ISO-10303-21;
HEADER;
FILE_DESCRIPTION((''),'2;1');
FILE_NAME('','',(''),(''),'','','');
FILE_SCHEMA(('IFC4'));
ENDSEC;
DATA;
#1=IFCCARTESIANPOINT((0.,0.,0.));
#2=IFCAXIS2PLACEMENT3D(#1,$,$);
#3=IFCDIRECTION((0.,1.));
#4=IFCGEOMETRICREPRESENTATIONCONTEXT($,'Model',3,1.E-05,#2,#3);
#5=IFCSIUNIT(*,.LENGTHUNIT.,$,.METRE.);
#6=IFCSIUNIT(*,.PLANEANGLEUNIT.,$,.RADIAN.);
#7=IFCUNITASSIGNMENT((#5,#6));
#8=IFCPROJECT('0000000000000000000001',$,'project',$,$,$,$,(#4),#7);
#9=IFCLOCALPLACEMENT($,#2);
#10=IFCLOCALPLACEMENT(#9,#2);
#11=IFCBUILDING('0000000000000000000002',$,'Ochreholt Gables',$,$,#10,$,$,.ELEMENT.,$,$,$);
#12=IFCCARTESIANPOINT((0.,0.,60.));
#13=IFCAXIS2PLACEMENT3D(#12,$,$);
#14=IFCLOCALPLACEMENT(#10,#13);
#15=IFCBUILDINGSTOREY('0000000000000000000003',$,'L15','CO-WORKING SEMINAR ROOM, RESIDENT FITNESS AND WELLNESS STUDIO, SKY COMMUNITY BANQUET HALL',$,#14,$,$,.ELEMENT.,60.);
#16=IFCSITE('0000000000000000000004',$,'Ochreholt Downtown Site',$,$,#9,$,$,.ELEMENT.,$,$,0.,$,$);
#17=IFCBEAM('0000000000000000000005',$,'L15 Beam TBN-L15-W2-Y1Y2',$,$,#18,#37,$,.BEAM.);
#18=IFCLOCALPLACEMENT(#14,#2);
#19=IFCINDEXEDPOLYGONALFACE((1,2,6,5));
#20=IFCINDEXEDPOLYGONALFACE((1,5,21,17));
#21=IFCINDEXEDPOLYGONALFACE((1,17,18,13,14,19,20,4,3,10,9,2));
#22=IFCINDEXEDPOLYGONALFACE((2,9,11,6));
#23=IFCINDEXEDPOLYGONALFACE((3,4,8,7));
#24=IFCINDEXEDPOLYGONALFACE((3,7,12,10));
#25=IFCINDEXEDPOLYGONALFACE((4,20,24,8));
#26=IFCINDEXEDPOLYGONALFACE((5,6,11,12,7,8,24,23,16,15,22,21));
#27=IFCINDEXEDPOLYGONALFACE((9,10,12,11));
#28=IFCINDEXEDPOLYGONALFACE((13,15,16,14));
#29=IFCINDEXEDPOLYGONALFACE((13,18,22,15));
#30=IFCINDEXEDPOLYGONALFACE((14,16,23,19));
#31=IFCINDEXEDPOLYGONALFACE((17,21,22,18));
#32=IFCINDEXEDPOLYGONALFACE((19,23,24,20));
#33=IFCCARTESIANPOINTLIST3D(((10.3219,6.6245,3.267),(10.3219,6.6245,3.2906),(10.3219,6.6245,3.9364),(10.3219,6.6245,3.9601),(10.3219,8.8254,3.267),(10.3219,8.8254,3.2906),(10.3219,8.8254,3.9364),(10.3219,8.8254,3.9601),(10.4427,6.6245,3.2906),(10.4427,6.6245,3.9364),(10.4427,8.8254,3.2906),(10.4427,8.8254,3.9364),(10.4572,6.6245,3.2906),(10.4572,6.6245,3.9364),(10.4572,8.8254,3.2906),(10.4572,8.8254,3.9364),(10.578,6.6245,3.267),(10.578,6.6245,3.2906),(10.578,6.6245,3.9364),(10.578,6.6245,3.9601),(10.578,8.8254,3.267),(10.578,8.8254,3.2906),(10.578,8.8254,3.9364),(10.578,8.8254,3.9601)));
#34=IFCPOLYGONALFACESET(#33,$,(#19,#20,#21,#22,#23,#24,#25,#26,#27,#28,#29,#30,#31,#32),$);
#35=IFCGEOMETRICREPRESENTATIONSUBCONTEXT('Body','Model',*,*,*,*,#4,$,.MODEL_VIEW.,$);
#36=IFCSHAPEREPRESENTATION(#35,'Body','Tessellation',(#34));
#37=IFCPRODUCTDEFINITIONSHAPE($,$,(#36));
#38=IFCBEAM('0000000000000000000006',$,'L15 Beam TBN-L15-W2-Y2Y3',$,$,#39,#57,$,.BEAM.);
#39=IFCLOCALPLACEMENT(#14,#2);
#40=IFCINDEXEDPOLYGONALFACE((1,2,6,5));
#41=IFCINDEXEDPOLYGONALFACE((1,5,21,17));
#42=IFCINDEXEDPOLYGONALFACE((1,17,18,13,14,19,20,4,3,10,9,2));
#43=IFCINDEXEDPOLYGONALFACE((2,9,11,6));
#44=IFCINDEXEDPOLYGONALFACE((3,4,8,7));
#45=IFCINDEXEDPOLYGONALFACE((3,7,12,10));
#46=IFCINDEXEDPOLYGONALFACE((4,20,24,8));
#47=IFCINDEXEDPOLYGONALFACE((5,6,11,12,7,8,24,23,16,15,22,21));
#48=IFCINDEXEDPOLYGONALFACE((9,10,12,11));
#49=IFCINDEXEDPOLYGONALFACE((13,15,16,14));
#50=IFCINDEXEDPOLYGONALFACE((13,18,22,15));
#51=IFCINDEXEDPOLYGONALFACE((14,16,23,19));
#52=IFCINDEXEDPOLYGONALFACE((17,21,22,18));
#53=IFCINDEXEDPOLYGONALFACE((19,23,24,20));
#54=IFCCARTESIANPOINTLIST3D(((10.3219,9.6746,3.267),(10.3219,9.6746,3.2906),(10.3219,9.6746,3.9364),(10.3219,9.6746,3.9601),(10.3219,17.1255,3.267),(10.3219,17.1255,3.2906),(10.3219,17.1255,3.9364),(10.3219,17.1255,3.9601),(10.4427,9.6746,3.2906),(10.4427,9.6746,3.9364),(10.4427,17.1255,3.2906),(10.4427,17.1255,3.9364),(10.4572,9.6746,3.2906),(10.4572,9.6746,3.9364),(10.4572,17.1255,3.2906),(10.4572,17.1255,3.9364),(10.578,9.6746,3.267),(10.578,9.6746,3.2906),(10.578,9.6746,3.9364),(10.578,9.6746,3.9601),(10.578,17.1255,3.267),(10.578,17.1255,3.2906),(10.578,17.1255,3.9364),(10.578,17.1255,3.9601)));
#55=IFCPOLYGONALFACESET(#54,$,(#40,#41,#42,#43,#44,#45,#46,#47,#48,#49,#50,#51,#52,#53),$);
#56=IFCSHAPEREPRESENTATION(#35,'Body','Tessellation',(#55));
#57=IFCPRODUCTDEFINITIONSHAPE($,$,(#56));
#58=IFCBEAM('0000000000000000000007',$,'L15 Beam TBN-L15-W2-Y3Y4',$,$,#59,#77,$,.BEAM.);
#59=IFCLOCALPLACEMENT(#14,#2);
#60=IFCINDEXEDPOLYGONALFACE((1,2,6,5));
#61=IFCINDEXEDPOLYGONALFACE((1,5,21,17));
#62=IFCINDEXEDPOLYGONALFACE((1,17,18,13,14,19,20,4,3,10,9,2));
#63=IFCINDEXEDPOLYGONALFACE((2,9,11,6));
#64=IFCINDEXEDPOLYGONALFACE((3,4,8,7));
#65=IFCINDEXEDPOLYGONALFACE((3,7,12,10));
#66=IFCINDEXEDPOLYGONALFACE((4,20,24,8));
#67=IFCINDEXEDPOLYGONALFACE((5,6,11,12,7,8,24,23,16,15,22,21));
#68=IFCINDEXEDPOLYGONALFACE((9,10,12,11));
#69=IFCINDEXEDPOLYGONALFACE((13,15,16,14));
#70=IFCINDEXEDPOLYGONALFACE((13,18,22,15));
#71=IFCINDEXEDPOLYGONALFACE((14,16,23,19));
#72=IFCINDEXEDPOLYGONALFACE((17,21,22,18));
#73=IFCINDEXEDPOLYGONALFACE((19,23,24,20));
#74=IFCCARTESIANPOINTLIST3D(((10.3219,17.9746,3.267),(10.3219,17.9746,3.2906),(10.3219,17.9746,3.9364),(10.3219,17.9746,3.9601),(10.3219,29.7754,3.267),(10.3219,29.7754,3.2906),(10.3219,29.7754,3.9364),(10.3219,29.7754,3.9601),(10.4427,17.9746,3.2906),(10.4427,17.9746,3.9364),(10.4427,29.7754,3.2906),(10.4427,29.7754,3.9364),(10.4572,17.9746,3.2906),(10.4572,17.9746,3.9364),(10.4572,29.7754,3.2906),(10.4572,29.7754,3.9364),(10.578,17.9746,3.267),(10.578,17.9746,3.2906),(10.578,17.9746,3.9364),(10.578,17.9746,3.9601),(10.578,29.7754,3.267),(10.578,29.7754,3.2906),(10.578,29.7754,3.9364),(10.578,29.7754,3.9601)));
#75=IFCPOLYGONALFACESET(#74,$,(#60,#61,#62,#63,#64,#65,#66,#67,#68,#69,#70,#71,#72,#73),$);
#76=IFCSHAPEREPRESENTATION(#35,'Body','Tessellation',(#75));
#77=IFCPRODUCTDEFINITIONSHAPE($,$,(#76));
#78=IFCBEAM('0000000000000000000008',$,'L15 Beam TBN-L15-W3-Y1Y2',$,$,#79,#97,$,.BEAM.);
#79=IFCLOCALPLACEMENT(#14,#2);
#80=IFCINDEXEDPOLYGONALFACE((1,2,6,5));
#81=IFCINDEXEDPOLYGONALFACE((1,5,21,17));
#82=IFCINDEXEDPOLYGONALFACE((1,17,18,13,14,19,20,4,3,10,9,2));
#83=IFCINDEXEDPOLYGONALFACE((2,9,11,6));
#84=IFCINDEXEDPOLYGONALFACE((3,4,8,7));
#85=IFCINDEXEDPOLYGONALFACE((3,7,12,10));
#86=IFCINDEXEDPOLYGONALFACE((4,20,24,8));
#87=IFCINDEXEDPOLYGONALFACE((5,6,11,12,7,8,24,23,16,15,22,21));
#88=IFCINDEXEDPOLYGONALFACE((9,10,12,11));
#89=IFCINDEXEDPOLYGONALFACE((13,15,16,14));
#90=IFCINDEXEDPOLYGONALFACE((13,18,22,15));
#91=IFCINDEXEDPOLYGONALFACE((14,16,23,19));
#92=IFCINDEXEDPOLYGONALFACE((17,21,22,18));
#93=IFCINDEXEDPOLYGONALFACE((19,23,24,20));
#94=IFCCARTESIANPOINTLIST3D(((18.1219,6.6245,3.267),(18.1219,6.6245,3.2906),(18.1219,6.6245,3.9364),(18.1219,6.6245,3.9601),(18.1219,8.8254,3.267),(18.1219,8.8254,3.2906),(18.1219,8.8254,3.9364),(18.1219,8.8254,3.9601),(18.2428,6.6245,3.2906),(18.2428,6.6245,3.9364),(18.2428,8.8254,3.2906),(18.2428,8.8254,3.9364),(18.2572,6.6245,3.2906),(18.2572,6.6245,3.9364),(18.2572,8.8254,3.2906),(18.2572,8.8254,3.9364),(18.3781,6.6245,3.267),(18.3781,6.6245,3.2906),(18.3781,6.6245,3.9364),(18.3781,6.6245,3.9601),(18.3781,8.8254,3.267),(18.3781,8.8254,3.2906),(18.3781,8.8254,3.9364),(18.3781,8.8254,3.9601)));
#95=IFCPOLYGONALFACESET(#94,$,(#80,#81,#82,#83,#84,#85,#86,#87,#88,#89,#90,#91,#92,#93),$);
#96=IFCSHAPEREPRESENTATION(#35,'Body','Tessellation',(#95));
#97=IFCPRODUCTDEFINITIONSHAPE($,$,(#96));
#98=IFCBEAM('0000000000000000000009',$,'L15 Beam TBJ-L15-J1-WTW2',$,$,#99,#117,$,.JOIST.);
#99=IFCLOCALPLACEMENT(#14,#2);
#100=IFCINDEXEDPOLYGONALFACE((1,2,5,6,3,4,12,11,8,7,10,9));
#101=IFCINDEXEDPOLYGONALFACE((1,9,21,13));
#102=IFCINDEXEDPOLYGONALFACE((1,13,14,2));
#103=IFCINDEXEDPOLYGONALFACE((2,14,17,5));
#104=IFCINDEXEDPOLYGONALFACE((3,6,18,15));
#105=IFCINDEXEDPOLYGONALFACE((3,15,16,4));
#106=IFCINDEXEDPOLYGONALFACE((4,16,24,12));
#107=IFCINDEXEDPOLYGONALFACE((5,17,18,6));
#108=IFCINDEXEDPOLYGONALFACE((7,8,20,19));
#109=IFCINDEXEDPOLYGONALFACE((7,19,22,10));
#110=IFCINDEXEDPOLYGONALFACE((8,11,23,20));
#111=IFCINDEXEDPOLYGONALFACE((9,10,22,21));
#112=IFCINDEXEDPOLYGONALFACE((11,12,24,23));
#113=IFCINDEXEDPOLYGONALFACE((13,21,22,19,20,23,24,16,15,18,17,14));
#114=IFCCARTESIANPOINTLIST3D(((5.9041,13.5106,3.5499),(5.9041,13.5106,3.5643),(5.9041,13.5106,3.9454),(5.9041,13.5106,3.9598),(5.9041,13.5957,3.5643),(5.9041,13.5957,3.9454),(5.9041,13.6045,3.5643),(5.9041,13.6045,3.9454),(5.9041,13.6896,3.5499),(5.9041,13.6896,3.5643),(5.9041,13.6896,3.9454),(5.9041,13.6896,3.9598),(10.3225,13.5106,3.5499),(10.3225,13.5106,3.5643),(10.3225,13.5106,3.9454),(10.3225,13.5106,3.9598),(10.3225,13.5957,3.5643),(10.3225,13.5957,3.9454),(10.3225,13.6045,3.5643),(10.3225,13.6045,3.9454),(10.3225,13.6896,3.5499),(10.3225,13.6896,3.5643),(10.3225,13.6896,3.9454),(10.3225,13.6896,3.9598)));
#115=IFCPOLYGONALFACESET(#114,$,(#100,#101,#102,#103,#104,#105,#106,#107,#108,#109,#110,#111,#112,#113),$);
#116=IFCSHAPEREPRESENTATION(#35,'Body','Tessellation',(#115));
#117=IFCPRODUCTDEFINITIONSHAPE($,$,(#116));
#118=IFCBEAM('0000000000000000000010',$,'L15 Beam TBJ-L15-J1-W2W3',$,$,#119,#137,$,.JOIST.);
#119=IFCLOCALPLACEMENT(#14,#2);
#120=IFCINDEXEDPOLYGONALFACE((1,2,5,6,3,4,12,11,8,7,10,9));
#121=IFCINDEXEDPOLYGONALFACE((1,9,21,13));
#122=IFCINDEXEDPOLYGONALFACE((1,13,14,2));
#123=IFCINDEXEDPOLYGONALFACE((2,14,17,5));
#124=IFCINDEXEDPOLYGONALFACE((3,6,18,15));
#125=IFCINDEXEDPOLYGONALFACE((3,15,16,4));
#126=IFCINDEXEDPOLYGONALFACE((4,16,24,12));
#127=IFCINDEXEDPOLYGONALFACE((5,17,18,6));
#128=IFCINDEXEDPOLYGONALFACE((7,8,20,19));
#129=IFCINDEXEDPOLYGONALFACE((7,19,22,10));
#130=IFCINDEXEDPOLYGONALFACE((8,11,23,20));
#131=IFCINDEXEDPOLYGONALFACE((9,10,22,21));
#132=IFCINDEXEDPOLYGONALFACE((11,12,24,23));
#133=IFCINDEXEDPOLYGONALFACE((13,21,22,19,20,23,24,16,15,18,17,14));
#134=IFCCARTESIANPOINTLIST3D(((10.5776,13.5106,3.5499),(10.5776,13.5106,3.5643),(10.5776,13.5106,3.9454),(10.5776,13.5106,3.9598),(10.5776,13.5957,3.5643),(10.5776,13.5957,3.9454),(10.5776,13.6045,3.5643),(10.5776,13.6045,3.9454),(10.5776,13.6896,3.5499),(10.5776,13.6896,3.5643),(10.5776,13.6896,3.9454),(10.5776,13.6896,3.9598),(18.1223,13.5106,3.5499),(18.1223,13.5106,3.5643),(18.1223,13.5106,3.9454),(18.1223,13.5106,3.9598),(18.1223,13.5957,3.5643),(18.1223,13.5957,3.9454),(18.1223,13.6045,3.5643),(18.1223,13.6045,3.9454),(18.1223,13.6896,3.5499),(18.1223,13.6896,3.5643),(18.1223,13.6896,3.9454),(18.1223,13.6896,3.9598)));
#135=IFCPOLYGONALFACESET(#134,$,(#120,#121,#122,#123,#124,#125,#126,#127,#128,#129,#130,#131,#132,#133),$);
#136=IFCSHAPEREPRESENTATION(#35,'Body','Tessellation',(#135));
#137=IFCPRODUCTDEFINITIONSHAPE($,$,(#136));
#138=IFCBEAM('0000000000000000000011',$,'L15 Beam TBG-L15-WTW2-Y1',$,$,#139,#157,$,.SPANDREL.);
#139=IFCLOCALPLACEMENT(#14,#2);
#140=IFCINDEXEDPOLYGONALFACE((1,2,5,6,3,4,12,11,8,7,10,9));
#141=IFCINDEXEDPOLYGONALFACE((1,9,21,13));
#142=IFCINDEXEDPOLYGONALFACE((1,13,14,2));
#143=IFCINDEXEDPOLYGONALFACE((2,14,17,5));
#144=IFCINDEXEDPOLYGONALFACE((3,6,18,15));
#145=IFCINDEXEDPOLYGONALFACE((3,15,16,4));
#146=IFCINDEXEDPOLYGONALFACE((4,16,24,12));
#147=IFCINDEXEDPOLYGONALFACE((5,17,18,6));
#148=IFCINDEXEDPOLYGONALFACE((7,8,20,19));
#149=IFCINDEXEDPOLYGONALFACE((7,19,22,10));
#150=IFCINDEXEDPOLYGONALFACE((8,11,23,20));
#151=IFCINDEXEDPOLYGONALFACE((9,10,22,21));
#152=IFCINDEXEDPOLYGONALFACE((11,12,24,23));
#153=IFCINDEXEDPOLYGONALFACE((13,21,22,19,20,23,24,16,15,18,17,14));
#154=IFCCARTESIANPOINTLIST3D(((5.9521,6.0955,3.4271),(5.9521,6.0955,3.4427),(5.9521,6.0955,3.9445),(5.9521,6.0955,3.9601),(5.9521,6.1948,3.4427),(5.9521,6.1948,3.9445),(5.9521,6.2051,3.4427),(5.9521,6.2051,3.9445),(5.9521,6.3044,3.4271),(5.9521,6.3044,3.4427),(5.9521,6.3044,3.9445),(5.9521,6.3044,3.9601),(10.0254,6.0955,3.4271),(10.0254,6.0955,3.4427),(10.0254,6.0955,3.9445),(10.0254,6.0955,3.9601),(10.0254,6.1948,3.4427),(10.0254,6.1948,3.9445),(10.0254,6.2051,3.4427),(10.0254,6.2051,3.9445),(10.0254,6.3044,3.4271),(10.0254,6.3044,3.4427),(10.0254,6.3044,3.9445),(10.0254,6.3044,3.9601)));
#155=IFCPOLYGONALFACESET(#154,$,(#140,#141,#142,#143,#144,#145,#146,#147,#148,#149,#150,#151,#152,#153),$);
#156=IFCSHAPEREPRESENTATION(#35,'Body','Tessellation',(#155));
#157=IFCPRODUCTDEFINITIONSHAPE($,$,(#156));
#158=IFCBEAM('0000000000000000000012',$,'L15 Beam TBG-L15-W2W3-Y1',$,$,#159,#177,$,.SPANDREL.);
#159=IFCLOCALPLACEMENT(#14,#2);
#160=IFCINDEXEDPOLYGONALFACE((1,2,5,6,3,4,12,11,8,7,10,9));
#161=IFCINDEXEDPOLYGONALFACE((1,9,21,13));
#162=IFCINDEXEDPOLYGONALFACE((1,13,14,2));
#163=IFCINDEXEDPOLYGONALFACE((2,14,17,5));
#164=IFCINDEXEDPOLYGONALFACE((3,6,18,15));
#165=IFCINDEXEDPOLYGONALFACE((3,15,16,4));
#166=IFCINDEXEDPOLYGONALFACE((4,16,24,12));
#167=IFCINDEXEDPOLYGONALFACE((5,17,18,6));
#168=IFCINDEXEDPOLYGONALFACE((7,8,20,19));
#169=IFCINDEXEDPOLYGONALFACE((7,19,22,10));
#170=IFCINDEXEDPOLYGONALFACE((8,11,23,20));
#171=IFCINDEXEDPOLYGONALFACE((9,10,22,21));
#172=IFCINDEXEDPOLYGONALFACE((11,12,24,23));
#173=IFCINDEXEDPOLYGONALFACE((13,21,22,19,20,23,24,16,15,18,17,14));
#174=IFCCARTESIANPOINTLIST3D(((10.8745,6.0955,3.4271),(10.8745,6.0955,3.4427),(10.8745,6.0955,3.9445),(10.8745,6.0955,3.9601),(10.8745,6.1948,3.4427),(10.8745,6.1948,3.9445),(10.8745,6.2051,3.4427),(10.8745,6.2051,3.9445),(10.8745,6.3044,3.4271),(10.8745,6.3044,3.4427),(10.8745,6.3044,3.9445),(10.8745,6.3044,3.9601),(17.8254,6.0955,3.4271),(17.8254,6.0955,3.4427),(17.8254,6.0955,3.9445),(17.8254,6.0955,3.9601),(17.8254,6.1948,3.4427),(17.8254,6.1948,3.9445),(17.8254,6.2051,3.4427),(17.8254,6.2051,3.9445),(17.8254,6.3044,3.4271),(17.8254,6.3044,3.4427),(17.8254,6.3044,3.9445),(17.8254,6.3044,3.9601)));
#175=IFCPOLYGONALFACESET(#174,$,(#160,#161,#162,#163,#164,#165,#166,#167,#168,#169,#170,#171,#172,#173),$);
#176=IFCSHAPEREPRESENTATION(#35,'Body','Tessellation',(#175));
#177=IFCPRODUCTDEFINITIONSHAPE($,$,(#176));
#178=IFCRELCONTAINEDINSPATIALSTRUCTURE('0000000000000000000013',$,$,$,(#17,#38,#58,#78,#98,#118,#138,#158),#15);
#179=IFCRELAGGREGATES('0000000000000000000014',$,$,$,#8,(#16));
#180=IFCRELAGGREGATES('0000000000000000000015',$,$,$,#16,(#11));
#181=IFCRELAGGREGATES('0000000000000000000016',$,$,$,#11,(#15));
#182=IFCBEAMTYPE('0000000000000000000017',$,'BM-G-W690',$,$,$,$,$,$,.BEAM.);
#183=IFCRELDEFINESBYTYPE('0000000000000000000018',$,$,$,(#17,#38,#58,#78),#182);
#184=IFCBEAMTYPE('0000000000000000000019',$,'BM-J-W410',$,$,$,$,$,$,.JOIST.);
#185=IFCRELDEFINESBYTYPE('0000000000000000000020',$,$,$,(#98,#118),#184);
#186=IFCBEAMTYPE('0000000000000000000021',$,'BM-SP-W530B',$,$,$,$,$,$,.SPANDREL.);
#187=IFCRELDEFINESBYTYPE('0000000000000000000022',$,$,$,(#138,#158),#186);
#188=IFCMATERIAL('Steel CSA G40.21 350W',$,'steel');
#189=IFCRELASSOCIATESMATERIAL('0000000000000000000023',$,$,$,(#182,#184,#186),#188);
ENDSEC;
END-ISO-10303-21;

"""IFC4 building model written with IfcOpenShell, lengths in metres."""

from ifc_helpers import new_model, si_unit, direction, frame, origin, origin_2d, place, context, subcontext, project, spatial, i_section, extrude, material, material_profile, profile_set, type_object, element, save


model = new_model("IFC4")

# Units and contexts
model_context = context("Model", 3, precision=1e-05, world=origin(), true_north=direction((0.0, 1.0)))
body_context = subcontext(model_context, "Body", "Model", "MODEL_VIEW")
ifc_project = project(units=[si_unit("LENGTHUNIT", "METRE"), si_unit("PLANEANGLEUNIT", "RADIAN")], contexts=[model_context])

# Site, building, storey
site_placement = place(None, origin())
site = spatial("IfcSite", under=ifc_project, at=site_placement, Name="Ochreholt Downtown Site", CompositionType="ELEMENT", RefElevation=0.0)
building_placement = place(site_placement, origin())
building = spatial("IfcBuilding", under=site, at=building_placement, Name="Ochreholt Gables", CompositionType="ELEMENT")
storey_placement = place(building_placement, frame((0.0, 0.0, 60.0)))
storey = spatial("IfcBuildingStorey", under=building, at=storey_placement, Name="L15", Description="CO-WORKING SEMINAR ROOM, RESIDENT FITNESS AND WELLNESS STUDIO, SKY COMMUNITY BANQUET HALL", CompositionType="ELEMENT", Elevation=60.0)

# Shared definitions
ifc_material_1 = material(Name="Steel CSA G40.21 350W", Category="steel")

# Beams
ifc_material_profile_1 = material_profile(ifc_material_1, i_section(OverallWidth=0.2561, OverallDepth=0.6931, WebThickness=0.0144, FlangeThickness=0.0237, at=origin_2d()), Name="W690X170")
ifc_profile_set_1 = profile_set([ifc_material_profile_1], Name="Steel CSA G40.21 350W")
beam_type_1 = type_object("IfcBeamType", Name="BM-G-W690", PredefinedType="BEAM", material=ifc_profile_set_1)
beam_1_placement = place(storey_placement, frame((10.45, 6.6245, 3.6135), z_axis=(0.0, 1.0, 0.0), x_axis=(-1.0, 0.0, 0.0)))
element("IfcBeam", 1, at=beam_1_placement, inside=storey, type_object=beam_type_1, Name="L15 Beam TBN-L15-W2-Y1Y2", PredefinedType="BEAM", context=body_context, shape_type="SweptSolid", body=[
    extrude(i_section(OverallWidth=0.2561, OverallDepth=0.6931, WebThickness=0.0144, FlangeThickness=0.0237, at=origin_2d()), origin(), (0.0, 0.0, 1.0), 2.2009),
])
beam_2_placement = place(storey_placement, frame((10.45, 9.6746, 3.6135), z_axis=(0.0, 1.0, 0.0), x_axis=(-1.0, 0.0, 0.0)))
element("IfcBeam", 2, at=beam_2_placement, inside=storey, type_object=beam_type_1, Name="L15 Beam TBN-L15-W2-Y2Y3", PredefinedType="BEAM", context=body_context, shape_type="SweptSolid", body=[
    extrude(i_section(OverallWidth=0.2561, OverallDepth=0.6931, WebThickness=0.0144, FlangeThickness=0.0237, at=origin_2d()), origin(), (0.0, 0.0, 1.0), 7.4509),
])
beam_3_placement = place(storey_placement, frame((10.45, 17.9746, 3.6135), z_axis=(0.0, 1.0, 0.0), x_axis=(-1.0, 0.0, 0.0)))
element("IfcBeam", 3, at=beam_3_placement, inside=storey, type_object=beam_type_1, Name="L15 Beam TBN-L15-W2-Y3Y4", PredefinedType="BEAM", context=body_context, shape_type="SweptSolid", body=[
    extrude(i_section(OverallWidth=0.2561, OverallDepth=0.6931, WebThickness=0.0144, FlangeThickness=0.0237, at=origin_2d()), origin(), (0.0, 0.0, 1.0), 11.8008),
])
beam_4_placement = place(storey_placement, frame((18.25, 6.6245, 3.6135), z_axis=(0.0, 1.0, 0.0), x_axis=(-1.0, 0.0, 0.0)))
element("IfcBeam", 4, at=beam_4_placement, inside=storey, type_object=beam_type_1, Name="L15 Beam TBN-L15-W3-Y1Y2", PredefinedType="BEAM", context=body_context, shape_type="SweptSolid", body=[
    extrude(i_section(OverallWidth=0.2561, OverallDepth=0.6931, WebThickness=0.0144, FlangeThickness=0.0237, at=origin_2d()), origin(), (0.0, 0.0, 1.0), 2.2009),
])
ifc_material_profile_2 = material_profile(ifc_material_1, i_section(OverallWidth=0.179, OverallDepth=0.4099, WebThickness=0.0088, FlangeThickness=0.0144, at=origin_2d()), Name="W410X67")
ifc_profile_set_2 = profile_set([ifc_material_profile_2], Name="Steel CSA G40.21 350W")
beam_type_2 = type_object("IfcBeamType", Name="BM-J-W410", PredefinedType="JOIST", material=ifc_profile_set_2)
beam_5_placement = place(storey_placement, frame((5.9041, 13.6001, 3.7549), z_axis=(1.0, 0.0, 0.0), x_axis=(0.0, 1.0, 0.0)))
element("IfcBeam", 5, at=beam_5_placement, inside=storey, type_object=beam_type_2, Name="L15 Beam TBJ-L15-J1-WTW2", PredefinedType="JOIST", context=body_context, shape_type="SweptSolid", body=[
    extrude(i_section(OverallWidth=0.179, OverallDepth=0.4099, WebThickness=0.0088, FlangeThickness=0.0144, at=origin_2d()), origin(), (0.0, 0.0, 1.0), 4.4185),
])
beam_6_placement = place(storey_placement, frame((10.5776, 13.6001, 3.7549), z_axis=(1.0, 0.0, 0.0), x_axis=(0.0, 1.0, 0.0)))
element("IfcBeam", 6, at=beam_6_placement, inside=storey, type_object=beam_type_2, Name="L15 Beam TBJ-L15-J1-W2W3", PredefinedType="JOIST", context=body_context, shape_type="SweptSolid", body=[
    extrude(i_section(OverallWidth=0.179, OverallDepth=0.4099, WebThickness=0.0088, FlangeThickness=0.0144, at=origin_2d()), origin(), (0.0, 0.0, 1.0), 7.5447),
])
ifc_material_profile_3 = material_profile(ifc_material_1, i_section(OverallWidth=0.209, OverallDepth=0.533, WebThickness=0.0103, FlangeThickness=0.0156, at=origin_2d()), Name="W530X92")
ifc_profile_set_3 = profile_set([ifc_material_profile_3], Name="Steel CSA G40.21 350W")
beam_type_3 = type_object("IfcBeamType", Name="BM-SP-W530B", PredefinedType="SPANDREL", material=ifc_profile_set_3)
beam_7_placement = place(storey_placement, frame((5.9521, 6.2, 3.6936), z_axis=(1.0, 0.0, 0.0), x_axis=(0.0, 1.0, 0.0)))
element("IfcBeam", 7, at=beam_7_placement, inside=storey, type_object=beam_type_3, Name="L15 Beam TBG-L15-WTW2-Y1", PredefinedType="SPANDREL", context=body_context, shape_type="SweptSolid", body=[
    extrude(i_section(OverallWidth=0.209, OverallDepth=0.533, WebThickness=0.0103, FlangeThickness=0.0156, at=origin_2d()), origin(), (0.0, 0.0, 1.0), 4.0732),
])
beam_8_placement = place(storey_placement, frame((10.8745, 6.2, 3.6936), z_axis=(1.0, 0.0, 0.0), x_axis=(0.0, 1.0, 0.0)))
element("IfcBeam", 8, at=beam_8_placement, inside=storey, type_object=beam_type_3, Name="L15 Beam TBG-L15-W2W3-Y1", PredefinedType="SPANDREL", context=body_context, shape_type="SweptSolid", body=[
    extrude(i_section(OverallWidth=0.209, OverallDepth=0.533, WebThickness=0.0103, FlangeThickness=0.0156, at=origin_2d()), origin(), (0.0, 0.0, 1.0), 6.9509),
])

save(model, "model.ifc")
